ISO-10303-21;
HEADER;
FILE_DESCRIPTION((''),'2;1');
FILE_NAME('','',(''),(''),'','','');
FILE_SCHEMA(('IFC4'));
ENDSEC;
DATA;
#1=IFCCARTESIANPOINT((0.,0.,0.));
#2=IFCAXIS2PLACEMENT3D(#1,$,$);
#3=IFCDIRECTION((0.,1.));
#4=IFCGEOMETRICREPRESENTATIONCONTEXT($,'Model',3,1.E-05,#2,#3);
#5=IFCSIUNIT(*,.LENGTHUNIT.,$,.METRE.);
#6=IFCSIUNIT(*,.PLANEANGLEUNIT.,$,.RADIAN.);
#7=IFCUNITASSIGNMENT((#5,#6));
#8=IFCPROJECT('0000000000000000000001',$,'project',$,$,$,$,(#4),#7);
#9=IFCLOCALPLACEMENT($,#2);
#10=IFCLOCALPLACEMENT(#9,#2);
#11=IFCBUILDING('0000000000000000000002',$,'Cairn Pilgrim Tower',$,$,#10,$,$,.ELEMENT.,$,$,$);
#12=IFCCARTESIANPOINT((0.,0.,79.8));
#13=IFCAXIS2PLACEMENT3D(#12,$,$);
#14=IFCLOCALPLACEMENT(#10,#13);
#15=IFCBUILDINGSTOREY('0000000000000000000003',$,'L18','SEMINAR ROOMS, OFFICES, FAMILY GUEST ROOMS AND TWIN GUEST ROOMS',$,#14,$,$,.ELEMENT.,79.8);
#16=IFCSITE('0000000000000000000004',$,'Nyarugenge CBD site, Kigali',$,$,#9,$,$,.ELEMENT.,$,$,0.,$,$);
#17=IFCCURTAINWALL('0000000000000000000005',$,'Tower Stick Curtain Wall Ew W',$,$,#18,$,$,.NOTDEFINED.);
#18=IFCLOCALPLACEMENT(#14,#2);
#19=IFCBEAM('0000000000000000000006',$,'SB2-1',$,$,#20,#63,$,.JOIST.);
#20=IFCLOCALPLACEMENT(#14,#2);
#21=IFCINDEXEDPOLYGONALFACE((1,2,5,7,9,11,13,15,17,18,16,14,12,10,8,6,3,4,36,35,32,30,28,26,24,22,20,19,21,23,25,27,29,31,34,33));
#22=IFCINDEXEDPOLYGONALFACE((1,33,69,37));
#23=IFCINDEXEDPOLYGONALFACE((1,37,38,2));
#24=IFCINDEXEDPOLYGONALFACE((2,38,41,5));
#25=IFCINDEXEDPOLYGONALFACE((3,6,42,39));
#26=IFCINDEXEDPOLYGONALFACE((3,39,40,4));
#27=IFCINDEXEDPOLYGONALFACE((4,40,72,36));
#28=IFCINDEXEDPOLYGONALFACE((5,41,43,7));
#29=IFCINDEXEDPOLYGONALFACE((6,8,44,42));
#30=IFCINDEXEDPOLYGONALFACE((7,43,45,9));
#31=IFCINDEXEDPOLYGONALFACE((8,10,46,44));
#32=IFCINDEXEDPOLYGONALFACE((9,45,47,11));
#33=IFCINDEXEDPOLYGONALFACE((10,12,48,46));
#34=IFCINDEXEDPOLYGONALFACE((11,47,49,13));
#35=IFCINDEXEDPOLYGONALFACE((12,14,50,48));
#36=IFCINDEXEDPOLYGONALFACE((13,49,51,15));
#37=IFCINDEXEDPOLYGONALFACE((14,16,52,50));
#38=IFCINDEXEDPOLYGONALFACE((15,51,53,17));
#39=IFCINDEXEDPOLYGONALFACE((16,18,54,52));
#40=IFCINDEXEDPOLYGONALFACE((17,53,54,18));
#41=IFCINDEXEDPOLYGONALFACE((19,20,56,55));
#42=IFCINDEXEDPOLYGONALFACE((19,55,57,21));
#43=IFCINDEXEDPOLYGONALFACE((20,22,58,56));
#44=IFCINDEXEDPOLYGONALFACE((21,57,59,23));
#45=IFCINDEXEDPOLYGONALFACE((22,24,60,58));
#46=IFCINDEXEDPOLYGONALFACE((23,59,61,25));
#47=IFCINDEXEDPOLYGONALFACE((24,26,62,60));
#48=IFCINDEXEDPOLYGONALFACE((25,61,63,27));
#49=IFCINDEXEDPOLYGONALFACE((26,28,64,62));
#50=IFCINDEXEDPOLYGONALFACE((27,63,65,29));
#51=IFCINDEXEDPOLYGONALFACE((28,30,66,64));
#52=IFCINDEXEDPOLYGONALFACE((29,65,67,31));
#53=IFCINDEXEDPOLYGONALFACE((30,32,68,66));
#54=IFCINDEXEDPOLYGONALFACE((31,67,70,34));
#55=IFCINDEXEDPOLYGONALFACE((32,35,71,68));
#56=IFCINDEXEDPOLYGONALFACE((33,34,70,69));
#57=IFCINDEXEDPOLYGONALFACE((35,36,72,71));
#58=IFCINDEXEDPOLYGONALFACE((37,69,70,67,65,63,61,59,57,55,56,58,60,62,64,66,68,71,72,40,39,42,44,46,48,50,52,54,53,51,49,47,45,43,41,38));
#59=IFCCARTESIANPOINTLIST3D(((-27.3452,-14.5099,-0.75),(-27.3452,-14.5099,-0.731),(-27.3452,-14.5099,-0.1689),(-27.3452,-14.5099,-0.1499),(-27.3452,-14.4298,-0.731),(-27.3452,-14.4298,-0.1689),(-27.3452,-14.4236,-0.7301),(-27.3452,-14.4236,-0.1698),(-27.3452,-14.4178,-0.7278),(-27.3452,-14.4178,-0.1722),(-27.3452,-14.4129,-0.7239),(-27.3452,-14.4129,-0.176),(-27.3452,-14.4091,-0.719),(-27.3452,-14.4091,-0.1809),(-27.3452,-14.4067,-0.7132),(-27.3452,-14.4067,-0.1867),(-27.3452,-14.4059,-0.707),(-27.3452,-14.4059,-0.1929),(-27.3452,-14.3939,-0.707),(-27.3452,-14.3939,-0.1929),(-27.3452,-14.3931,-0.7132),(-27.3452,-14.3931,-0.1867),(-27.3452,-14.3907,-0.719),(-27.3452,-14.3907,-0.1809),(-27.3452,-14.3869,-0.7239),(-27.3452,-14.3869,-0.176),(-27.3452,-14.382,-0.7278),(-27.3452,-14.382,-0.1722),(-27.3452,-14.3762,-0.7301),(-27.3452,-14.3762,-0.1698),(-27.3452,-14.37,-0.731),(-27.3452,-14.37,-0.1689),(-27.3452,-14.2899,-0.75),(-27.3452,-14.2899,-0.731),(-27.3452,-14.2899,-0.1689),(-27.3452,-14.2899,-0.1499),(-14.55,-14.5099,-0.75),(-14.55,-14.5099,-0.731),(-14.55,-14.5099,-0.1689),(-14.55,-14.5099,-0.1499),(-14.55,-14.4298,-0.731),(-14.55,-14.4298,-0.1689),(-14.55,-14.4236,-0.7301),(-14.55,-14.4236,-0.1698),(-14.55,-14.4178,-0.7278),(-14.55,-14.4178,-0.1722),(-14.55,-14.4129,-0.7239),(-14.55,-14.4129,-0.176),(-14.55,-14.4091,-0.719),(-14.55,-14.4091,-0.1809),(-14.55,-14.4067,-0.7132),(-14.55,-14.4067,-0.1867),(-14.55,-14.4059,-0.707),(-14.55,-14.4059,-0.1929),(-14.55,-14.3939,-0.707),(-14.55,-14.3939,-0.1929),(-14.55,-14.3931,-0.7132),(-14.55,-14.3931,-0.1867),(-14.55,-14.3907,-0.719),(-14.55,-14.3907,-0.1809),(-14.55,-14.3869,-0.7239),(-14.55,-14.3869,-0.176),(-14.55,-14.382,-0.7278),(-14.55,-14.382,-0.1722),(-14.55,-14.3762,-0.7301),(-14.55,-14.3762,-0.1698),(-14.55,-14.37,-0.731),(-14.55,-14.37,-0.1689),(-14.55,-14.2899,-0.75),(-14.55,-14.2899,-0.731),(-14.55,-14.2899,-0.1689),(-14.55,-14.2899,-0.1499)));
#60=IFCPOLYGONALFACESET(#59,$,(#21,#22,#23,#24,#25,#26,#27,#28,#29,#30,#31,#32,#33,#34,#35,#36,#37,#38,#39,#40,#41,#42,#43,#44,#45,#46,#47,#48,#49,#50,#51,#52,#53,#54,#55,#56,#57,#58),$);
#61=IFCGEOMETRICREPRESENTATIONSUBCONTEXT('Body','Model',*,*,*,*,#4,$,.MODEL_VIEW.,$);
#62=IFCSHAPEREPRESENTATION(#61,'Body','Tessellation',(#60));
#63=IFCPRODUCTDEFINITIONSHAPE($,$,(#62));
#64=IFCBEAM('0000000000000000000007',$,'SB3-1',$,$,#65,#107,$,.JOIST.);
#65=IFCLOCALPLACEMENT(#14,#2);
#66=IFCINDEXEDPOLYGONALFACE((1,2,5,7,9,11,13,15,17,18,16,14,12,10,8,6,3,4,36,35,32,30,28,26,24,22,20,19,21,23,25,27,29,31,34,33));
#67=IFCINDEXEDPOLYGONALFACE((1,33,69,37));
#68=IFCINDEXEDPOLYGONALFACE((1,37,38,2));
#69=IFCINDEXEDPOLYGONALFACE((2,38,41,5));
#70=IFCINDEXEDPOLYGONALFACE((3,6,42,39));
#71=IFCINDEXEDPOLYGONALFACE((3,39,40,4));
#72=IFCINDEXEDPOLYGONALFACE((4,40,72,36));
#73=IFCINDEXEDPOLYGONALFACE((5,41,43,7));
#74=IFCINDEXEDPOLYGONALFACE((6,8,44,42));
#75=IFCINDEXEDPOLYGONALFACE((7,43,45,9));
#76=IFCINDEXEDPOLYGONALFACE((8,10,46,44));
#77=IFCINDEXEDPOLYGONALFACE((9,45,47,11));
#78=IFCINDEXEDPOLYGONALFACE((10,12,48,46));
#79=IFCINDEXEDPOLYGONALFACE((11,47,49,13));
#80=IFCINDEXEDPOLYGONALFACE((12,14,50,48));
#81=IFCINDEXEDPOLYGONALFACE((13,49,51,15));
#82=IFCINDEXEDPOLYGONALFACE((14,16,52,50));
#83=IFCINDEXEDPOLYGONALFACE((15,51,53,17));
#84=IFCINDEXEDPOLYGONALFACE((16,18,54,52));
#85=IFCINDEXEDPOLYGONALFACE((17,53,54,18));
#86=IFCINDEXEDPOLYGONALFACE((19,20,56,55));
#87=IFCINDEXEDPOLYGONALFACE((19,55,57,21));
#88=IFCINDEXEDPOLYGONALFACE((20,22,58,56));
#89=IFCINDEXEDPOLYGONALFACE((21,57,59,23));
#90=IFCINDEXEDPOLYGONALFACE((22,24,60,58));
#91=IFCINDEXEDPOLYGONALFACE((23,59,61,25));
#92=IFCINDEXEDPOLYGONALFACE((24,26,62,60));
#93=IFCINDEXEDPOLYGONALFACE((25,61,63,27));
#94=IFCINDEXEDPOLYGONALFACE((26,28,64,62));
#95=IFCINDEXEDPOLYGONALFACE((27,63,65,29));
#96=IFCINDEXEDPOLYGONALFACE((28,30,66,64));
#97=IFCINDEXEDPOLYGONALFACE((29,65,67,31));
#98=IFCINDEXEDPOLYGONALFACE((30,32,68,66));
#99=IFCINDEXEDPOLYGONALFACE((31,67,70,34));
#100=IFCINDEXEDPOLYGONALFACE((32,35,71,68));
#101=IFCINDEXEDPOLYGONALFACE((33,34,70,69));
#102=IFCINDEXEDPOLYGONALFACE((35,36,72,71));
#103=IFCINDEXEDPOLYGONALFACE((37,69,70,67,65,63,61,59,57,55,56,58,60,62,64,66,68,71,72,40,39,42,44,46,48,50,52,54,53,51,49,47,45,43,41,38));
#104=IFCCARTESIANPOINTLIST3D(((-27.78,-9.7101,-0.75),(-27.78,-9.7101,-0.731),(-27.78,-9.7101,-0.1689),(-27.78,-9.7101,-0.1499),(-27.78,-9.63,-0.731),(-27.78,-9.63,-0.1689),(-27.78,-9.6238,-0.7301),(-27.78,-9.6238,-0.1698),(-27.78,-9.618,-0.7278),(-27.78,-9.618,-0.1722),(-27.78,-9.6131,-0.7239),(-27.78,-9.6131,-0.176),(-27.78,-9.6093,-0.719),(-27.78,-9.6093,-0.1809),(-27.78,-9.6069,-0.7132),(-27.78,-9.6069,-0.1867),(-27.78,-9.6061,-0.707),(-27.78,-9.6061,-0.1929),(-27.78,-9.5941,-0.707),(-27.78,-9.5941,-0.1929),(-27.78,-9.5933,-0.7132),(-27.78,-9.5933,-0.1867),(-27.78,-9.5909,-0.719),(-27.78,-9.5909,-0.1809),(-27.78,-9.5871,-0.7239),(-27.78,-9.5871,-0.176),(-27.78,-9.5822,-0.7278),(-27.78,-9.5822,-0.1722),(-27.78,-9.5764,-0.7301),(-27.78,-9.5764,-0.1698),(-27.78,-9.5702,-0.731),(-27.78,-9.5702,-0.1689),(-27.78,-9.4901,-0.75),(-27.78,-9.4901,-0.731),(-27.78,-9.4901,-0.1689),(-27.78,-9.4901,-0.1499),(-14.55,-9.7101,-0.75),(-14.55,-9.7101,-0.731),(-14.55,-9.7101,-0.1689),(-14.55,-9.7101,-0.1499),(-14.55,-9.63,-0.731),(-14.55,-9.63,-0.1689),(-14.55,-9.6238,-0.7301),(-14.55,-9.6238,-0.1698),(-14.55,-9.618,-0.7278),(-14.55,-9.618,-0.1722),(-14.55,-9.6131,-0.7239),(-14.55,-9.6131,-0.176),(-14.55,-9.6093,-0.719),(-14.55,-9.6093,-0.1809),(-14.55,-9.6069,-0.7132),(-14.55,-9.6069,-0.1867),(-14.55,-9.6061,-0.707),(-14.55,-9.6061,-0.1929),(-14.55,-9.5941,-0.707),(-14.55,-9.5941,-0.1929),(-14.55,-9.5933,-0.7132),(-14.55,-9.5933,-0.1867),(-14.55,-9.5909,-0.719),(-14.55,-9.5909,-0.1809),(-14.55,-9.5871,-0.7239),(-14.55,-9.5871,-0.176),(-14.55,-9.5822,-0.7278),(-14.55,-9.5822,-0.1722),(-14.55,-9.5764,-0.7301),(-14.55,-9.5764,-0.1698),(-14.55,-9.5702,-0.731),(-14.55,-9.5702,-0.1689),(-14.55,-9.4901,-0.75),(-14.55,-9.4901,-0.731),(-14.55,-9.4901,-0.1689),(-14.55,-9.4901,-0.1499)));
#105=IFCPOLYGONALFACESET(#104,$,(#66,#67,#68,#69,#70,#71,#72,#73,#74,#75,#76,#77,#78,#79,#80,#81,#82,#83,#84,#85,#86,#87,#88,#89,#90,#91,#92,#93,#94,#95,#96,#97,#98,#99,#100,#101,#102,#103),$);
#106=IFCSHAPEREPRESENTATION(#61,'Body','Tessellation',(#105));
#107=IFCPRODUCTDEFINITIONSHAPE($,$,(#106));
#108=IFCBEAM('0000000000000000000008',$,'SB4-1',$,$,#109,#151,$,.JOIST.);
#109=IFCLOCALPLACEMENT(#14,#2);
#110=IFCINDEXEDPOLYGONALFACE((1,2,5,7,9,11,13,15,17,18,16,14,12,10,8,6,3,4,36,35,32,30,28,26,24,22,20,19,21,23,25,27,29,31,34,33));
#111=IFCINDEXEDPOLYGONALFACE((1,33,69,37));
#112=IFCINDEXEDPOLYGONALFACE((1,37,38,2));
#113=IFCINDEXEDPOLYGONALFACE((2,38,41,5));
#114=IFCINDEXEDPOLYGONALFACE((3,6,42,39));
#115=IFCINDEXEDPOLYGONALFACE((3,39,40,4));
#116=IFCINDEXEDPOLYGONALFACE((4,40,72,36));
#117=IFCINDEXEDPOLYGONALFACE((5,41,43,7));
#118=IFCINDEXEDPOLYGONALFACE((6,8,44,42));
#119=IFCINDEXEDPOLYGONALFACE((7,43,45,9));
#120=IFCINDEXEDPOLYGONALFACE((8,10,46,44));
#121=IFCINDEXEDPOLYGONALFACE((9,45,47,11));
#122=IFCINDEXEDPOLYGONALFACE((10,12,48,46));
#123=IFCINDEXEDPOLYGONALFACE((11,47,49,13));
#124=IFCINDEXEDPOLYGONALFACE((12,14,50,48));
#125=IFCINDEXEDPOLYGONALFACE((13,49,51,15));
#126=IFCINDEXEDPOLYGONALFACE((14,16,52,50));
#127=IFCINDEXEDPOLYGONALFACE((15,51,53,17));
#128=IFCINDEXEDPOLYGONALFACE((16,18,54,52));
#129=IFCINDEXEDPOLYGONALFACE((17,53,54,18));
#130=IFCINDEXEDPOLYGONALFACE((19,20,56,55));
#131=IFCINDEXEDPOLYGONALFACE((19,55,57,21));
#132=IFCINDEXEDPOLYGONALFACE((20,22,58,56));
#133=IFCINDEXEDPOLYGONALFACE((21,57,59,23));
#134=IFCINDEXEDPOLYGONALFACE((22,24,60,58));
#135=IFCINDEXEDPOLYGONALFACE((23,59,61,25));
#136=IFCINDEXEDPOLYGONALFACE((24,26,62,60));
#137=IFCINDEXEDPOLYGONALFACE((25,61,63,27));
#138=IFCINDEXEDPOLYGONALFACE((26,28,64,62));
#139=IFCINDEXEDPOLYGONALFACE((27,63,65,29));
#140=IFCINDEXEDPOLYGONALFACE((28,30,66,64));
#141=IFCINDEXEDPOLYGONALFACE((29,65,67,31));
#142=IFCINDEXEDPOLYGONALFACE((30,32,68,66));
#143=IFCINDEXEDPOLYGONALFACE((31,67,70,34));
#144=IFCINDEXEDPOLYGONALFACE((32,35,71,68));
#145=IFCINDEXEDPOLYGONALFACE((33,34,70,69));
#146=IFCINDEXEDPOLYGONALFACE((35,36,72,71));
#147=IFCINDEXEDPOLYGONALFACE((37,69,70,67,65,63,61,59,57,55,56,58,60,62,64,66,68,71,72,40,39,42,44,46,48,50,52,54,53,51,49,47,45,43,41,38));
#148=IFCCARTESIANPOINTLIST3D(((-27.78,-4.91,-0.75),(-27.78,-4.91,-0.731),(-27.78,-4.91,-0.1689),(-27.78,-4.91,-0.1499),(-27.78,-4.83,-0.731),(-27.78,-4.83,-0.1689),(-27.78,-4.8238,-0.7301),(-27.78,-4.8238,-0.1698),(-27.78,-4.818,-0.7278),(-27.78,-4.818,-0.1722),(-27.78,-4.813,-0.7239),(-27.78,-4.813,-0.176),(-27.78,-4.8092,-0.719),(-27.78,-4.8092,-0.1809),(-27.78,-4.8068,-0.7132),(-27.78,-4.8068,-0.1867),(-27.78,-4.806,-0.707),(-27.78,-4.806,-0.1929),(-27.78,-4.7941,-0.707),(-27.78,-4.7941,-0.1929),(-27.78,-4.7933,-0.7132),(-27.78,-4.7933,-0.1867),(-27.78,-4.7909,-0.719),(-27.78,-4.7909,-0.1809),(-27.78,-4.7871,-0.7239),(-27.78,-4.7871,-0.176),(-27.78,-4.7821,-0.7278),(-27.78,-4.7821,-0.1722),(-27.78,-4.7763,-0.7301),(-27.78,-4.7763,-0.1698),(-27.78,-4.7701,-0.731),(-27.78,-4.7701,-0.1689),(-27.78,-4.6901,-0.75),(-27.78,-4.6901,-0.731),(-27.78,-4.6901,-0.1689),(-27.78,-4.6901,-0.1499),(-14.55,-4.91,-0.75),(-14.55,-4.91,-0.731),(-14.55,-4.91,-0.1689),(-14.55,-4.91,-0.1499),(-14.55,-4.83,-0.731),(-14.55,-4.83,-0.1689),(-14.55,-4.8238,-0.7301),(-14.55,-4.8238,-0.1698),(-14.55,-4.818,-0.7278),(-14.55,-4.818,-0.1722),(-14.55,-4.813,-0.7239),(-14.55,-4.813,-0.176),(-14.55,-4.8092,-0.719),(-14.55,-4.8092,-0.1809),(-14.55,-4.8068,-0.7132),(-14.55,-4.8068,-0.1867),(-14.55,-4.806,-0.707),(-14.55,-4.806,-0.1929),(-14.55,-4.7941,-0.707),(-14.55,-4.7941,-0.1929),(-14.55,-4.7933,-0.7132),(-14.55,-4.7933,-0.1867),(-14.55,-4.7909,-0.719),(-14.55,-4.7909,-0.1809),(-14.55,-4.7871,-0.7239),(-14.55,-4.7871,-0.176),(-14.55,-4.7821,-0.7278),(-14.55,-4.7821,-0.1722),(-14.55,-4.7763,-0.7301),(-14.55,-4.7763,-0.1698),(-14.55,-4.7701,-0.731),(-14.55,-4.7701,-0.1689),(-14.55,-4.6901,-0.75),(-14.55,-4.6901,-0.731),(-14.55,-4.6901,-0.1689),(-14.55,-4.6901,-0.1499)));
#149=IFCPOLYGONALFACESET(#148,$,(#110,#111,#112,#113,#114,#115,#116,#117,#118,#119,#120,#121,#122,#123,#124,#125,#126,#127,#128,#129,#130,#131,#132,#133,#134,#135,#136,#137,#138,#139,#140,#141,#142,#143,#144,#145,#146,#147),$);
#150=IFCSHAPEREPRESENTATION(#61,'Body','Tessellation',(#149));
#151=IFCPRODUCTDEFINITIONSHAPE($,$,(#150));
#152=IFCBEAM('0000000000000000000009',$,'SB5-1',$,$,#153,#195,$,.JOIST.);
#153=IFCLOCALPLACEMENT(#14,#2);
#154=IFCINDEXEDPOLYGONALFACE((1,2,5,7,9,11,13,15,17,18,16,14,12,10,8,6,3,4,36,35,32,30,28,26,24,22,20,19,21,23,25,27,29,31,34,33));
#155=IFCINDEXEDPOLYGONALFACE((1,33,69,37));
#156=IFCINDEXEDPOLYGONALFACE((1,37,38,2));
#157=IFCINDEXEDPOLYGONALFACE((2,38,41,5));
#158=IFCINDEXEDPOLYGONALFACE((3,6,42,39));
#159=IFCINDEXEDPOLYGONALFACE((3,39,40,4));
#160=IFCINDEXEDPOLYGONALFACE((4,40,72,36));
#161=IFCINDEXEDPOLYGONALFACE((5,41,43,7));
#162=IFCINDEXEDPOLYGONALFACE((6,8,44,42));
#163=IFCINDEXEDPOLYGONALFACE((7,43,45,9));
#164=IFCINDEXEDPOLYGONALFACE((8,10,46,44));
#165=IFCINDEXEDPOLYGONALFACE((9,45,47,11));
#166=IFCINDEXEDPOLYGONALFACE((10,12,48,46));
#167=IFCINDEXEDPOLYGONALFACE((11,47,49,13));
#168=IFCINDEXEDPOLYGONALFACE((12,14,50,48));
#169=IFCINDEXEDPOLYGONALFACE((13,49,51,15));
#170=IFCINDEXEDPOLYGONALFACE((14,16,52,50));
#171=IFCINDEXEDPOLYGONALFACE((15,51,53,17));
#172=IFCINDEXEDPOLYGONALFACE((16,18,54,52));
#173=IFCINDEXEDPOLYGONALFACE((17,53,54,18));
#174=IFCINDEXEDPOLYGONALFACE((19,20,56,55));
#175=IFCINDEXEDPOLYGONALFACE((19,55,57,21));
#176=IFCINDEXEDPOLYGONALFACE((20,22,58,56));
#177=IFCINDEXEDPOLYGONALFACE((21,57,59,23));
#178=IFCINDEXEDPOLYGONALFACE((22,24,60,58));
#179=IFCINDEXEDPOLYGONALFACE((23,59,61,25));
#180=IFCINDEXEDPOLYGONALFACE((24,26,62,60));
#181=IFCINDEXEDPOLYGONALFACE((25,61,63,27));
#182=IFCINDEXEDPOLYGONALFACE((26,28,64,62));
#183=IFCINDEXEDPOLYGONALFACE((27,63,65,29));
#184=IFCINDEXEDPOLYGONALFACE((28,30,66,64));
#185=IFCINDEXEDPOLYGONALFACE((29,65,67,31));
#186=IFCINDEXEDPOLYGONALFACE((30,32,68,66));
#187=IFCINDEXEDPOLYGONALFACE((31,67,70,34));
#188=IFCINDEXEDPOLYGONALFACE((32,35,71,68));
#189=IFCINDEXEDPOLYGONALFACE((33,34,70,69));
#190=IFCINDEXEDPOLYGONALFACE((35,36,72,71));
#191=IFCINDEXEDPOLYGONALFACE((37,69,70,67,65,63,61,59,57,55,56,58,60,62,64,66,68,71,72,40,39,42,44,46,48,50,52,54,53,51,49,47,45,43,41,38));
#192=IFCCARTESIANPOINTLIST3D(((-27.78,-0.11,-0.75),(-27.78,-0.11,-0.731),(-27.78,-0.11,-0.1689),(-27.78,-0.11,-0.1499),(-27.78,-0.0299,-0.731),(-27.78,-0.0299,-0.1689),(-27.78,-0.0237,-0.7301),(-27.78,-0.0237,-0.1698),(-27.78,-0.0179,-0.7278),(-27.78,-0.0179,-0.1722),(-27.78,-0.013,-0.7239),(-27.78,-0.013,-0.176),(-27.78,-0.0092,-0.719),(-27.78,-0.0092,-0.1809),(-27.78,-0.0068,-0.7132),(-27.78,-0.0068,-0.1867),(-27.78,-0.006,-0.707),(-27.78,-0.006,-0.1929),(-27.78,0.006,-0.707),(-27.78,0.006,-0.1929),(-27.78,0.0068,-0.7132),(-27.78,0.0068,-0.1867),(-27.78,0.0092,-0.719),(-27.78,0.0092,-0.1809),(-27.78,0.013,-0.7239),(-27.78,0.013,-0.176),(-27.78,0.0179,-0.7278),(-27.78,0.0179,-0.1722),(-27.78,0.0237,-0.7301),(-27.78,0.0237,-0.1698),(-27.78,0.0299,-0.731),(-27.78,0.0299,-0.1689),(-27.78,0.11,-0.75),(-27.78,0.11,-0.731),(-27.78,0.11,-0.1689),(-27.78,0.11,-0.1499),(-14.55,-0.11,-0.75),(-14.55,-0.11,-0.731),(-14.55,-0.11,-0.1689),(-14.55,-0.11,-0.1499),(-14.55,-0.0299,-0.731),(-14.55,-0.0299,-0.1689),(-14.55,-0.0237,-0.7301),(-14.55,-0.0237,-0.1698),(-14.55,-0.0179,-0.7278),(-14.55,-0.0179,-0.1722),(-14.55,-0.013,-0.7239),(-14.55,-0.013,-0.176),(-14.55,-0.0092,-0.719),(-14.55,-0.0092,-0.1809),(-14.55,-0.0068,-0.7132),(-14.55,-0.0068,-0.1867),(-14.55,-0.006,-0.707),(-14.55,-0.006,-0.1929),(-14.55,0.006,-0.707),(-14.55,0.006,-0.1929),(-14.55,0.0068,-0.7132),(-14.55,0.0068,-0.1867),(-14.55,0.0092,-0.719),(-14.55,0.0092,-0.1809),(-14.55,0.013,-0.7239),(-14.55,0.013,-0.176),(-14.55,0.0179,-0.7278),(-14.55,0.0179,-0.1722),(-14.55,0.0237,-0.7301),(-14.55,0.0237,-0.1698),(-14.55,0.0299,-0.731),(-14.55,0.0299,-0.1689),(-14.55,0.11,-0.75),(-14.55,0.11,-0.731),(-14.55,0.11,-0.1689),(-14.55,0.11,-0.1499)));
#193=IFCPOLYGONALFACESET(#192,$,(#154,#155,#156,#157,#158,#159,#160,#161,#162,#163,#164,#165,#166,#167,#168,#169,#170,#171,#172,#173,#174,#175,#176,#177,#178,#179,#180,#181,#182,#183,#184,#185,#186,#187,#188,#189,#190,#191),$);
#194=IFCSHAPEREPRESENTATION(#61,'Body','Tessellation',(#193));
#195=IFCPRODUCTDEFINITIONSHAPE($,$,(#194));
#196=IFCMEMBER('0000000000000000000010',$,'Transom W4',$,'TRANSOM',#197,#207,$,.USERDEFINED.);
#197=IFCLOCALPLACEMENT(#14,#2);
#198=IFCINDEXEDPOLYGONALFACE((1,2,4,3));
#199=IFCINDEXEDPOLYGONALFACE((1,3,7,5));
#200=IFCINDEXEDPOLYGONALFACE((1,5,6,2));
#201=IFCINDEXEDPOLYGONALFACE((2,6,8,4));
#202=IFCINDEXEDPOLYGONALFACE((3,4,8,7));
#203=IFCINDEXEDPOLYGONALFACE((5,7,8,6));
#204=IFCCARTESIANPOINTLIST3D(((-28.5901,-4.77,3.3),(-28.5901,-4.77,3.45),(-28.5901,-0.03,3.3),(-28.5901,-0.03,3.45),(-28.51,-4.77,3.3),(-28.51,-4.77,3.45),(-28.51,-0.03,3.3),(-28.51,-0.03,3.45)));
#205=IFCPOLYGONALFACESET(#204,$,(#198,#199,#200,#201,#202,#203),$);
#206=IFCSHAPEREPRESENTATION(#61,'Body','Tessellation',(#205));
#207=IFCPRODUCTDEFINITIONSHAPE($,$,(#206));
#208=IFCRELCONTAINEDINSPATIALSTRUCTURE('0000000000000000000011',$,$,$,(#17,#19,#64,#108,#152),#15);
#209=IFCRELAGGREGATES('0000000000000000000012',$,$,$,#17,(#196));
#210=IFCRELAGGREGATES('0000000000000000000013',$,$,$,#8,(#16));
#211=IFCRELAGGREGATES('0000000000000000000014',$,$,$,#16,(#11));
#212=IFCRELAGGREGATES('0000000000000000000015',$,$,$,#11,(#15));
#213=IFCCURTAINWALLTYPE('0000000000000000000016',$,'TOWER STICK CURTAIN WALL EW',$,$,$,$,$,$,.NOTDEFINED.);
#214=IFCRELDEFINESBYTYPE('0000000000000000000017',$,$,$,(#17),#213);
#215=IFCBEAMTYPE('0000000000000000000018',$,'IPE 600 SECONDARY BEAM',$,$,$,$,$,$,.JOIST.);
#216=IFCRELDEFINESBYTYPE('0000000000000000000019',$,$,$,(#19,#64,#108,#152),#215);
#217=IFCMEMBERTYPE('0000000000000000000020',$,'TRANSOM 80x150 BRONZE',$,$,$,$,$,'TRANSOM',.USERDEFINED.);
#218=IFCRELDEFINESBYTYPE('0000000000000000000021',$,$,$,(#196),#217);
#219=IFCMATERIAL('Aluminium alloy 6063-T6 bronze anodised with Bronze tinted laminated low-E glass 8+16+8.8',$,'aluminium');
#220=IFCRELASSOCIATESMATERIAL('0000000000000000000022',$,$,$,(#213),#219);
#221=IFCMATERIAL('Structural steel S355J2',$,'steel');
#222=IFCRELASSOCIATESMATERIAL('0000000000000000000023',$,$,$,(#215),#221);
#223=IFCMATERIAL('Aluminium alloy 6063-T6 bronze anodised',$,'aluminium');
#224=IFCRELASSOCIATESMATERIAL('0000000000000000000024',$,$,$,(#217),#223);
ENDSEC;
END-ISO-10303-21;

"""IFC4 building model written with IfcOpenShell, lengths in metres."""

from ifc_helpers import new_model, si_unit, direction, frame, origin, origin_2d, place, context, subcontext, project, spatial, rectangle, i_section, extrude, material, material_profile, profile_set, type_object, element, aggregate, save


model = new_model("IFC4")

# Units and contexts
model_context = context("Model", 3, precision=1e-05, world=origin(), true_north=direction((0.0, 1.0)))
body_context = subcontext(model_context, "Body", "Model", "MODEL_VIEW")
ifc_project = project(units=[si_unit("LENGTHUNIT", "METRE"), si_unit("PLANEANGLEUNIT", "RADIAN")], contexts=[model_context])

# Site, building, storey
site_placement = place(None, origin())
site = spatial("IfcSite", under=ifc_project, at=site_placement, Name="Nyarugenge CBD site, Kigali", CompositionType="ELEMENT", RefElevation=0.0)
building_placement = place(site_placement, origin())
building = spatial("IfcBuilding", under=site, at=building_placement, Name="Cairn Pilgrim Tower", CompositionType="ELEMENT")
storey_placement = place(building_placement, frame((0.0, 0.0, 79.8)))
storey = spatial("IfcBuildingStorey", under=building, at=storey_placement, Name="L18", Description="SEMINAR ROOMS, OFFICES, FAMILY GUEST ROOMS AND TWIN GUEST ROOMS", CompositionType="ELEMENT", Elevation=79.8)

# Curtain wall
ifc_material_1 = material(Name="Aluminium alloy 6063-T6 bronze anodised with Bronze tinted laminated low-E glass 8+16+8.8", Category="aluminium")
curtain_wall_type_1 = type_object("IfcCurtainWallType", Name="TOWER STICK CURTAIN WALL EW", PredefinedType="NOTDEFINED", material=ifc_material_1)
curtain_wall_1_placement = place(storey_placement, origin())
curtain_wall_1 = element("IfcCurtainWall", 1, at=curtain_wall_1_placement, inside=storey, type_object=curtain_wall_type_1, Name="Tower Stick Curtain Wall Ew W", PredefinedType="NOTDEFINED")
ifc_material_2 = material(Name="Aluminium alloy 6063-T6 bronze anodised", Category="aluminium")

# Beams
ifc_material_3 = material(Name="Structural steel S355J2", Category="steel")
ifc_material_profile_1 = material_profile(ifc_material_3, i_section(OverallWidth=0.22, OverallDepth=0.6001, WebThickness=0.012, FlangeThickness=0.019, FilletRadius=0.0239, at=origin_2d()), Name="IPE 600")
ifc_profile_set_1 = profile_set([ifc_material_profile_1], Name="Structural steel S355J2")
beam_type_1 = type_object("IfcBeamType", Name="IPE 600 SECONDARY BEAM", PredefinedType="JOIST", material=ifc_profile_set_1)
beam_1_placement = place(storey_placement, frame((-27.3452, -14.3999, -0.45), z_axis=(1.0, 0.0, 0.0), x_axis=(0.0, 1.0, 0.0)))
element("IfcBeam", 2, at=beam_1_placement, inside=storey, type_object=beam_type_1, Name="SB2-1", PredefinedType="JOIST", context=body_context, shape_type="SweptSolid", body=[
    extrude(i_section(OverallWidth=0.22, OverallDepth=0.6001, WebThickness=0.012, FlangeThickness=0.019, FilletRadius=0.0239, at=origin_2d()), origin(), (0.0, 0.0, 1.0), 12.7952),
])
for number, where, z_axis, x_axis, name in (
    (3, (-27.78, -9.6001, -0.45), (1.0, 0.0, 0.0), (0.0, 1.0, 0.0), "SB3-1"),
    (4, (-27.78, -4.8, -0.45), (1.0, 0.0, 0.0), (0.0, 1.0, 0.0), "SB4-1"),
    (5, (-27.78, 0.0, -0.45), (1.0, 0.0, 0.0), (0.0, 1.0, 0.0), "SB5-1"),
):
    element("IfcBeam", number, at=place(storey_placement, frame(where, z_axis=z_axis, x_axis=x_axis)), inside=storey, type_object=beam_type_1, Name=name, PredefinedType="JOIST", context=body_context, shape_type="SweptSolid", body=[
        extrude(i_section(OverallWidth=0.22, OverallDepth=0.6001, WebThickness=0.012, FlangeThickness=0.019, FilletRadius=0.0239, at=origin_2d()), origin(), (0.0, 0.0, 1.0), 13.23),
    ])

# Member
ifc_material_profile_2 = material_profile(ifc_material_2, rectangle(XDim=0.0801, YDim=0.1499, at=origin_2d()), Name="TRANSOM 80x150 BRONZE")
ifc_profile_set_2 = profile_set([ifc_material_profile_2], Name="Aluminium alloy 6063-T6 bronze anodised")
member_type_1 = type_object("IfcMemberType", Name="TRANSOM 80x150 BRONZE", ElementType="TRANSOM", PredefinedType="USERDEFINED", material=ifc_profile_set_2)
member_1_placement = place(storey_placement, frame((-28.55, -0.03, 3.375), z_axis=(0.0, -1.0, 0.0), x_axis=(1.0, 0.0, 0.0)))
member_1 = element("IfcMember", 6, at=member_1_placement, type_object=member_type_1, Name="Transom W4", ObjectType="TRANSOM", PredefinedType="USERDEFINED", context=body_context, shape_type="SweptSolid", body=[
    extrude(rectangle(XDim=0.0801, YDim=0.1499, at=origin_2d()), origin(), (0.0, 0.0, 1.0), 4.74),
])

aggregate(curtain_wall_1, [member_1])

save(model, "model.ifc")
